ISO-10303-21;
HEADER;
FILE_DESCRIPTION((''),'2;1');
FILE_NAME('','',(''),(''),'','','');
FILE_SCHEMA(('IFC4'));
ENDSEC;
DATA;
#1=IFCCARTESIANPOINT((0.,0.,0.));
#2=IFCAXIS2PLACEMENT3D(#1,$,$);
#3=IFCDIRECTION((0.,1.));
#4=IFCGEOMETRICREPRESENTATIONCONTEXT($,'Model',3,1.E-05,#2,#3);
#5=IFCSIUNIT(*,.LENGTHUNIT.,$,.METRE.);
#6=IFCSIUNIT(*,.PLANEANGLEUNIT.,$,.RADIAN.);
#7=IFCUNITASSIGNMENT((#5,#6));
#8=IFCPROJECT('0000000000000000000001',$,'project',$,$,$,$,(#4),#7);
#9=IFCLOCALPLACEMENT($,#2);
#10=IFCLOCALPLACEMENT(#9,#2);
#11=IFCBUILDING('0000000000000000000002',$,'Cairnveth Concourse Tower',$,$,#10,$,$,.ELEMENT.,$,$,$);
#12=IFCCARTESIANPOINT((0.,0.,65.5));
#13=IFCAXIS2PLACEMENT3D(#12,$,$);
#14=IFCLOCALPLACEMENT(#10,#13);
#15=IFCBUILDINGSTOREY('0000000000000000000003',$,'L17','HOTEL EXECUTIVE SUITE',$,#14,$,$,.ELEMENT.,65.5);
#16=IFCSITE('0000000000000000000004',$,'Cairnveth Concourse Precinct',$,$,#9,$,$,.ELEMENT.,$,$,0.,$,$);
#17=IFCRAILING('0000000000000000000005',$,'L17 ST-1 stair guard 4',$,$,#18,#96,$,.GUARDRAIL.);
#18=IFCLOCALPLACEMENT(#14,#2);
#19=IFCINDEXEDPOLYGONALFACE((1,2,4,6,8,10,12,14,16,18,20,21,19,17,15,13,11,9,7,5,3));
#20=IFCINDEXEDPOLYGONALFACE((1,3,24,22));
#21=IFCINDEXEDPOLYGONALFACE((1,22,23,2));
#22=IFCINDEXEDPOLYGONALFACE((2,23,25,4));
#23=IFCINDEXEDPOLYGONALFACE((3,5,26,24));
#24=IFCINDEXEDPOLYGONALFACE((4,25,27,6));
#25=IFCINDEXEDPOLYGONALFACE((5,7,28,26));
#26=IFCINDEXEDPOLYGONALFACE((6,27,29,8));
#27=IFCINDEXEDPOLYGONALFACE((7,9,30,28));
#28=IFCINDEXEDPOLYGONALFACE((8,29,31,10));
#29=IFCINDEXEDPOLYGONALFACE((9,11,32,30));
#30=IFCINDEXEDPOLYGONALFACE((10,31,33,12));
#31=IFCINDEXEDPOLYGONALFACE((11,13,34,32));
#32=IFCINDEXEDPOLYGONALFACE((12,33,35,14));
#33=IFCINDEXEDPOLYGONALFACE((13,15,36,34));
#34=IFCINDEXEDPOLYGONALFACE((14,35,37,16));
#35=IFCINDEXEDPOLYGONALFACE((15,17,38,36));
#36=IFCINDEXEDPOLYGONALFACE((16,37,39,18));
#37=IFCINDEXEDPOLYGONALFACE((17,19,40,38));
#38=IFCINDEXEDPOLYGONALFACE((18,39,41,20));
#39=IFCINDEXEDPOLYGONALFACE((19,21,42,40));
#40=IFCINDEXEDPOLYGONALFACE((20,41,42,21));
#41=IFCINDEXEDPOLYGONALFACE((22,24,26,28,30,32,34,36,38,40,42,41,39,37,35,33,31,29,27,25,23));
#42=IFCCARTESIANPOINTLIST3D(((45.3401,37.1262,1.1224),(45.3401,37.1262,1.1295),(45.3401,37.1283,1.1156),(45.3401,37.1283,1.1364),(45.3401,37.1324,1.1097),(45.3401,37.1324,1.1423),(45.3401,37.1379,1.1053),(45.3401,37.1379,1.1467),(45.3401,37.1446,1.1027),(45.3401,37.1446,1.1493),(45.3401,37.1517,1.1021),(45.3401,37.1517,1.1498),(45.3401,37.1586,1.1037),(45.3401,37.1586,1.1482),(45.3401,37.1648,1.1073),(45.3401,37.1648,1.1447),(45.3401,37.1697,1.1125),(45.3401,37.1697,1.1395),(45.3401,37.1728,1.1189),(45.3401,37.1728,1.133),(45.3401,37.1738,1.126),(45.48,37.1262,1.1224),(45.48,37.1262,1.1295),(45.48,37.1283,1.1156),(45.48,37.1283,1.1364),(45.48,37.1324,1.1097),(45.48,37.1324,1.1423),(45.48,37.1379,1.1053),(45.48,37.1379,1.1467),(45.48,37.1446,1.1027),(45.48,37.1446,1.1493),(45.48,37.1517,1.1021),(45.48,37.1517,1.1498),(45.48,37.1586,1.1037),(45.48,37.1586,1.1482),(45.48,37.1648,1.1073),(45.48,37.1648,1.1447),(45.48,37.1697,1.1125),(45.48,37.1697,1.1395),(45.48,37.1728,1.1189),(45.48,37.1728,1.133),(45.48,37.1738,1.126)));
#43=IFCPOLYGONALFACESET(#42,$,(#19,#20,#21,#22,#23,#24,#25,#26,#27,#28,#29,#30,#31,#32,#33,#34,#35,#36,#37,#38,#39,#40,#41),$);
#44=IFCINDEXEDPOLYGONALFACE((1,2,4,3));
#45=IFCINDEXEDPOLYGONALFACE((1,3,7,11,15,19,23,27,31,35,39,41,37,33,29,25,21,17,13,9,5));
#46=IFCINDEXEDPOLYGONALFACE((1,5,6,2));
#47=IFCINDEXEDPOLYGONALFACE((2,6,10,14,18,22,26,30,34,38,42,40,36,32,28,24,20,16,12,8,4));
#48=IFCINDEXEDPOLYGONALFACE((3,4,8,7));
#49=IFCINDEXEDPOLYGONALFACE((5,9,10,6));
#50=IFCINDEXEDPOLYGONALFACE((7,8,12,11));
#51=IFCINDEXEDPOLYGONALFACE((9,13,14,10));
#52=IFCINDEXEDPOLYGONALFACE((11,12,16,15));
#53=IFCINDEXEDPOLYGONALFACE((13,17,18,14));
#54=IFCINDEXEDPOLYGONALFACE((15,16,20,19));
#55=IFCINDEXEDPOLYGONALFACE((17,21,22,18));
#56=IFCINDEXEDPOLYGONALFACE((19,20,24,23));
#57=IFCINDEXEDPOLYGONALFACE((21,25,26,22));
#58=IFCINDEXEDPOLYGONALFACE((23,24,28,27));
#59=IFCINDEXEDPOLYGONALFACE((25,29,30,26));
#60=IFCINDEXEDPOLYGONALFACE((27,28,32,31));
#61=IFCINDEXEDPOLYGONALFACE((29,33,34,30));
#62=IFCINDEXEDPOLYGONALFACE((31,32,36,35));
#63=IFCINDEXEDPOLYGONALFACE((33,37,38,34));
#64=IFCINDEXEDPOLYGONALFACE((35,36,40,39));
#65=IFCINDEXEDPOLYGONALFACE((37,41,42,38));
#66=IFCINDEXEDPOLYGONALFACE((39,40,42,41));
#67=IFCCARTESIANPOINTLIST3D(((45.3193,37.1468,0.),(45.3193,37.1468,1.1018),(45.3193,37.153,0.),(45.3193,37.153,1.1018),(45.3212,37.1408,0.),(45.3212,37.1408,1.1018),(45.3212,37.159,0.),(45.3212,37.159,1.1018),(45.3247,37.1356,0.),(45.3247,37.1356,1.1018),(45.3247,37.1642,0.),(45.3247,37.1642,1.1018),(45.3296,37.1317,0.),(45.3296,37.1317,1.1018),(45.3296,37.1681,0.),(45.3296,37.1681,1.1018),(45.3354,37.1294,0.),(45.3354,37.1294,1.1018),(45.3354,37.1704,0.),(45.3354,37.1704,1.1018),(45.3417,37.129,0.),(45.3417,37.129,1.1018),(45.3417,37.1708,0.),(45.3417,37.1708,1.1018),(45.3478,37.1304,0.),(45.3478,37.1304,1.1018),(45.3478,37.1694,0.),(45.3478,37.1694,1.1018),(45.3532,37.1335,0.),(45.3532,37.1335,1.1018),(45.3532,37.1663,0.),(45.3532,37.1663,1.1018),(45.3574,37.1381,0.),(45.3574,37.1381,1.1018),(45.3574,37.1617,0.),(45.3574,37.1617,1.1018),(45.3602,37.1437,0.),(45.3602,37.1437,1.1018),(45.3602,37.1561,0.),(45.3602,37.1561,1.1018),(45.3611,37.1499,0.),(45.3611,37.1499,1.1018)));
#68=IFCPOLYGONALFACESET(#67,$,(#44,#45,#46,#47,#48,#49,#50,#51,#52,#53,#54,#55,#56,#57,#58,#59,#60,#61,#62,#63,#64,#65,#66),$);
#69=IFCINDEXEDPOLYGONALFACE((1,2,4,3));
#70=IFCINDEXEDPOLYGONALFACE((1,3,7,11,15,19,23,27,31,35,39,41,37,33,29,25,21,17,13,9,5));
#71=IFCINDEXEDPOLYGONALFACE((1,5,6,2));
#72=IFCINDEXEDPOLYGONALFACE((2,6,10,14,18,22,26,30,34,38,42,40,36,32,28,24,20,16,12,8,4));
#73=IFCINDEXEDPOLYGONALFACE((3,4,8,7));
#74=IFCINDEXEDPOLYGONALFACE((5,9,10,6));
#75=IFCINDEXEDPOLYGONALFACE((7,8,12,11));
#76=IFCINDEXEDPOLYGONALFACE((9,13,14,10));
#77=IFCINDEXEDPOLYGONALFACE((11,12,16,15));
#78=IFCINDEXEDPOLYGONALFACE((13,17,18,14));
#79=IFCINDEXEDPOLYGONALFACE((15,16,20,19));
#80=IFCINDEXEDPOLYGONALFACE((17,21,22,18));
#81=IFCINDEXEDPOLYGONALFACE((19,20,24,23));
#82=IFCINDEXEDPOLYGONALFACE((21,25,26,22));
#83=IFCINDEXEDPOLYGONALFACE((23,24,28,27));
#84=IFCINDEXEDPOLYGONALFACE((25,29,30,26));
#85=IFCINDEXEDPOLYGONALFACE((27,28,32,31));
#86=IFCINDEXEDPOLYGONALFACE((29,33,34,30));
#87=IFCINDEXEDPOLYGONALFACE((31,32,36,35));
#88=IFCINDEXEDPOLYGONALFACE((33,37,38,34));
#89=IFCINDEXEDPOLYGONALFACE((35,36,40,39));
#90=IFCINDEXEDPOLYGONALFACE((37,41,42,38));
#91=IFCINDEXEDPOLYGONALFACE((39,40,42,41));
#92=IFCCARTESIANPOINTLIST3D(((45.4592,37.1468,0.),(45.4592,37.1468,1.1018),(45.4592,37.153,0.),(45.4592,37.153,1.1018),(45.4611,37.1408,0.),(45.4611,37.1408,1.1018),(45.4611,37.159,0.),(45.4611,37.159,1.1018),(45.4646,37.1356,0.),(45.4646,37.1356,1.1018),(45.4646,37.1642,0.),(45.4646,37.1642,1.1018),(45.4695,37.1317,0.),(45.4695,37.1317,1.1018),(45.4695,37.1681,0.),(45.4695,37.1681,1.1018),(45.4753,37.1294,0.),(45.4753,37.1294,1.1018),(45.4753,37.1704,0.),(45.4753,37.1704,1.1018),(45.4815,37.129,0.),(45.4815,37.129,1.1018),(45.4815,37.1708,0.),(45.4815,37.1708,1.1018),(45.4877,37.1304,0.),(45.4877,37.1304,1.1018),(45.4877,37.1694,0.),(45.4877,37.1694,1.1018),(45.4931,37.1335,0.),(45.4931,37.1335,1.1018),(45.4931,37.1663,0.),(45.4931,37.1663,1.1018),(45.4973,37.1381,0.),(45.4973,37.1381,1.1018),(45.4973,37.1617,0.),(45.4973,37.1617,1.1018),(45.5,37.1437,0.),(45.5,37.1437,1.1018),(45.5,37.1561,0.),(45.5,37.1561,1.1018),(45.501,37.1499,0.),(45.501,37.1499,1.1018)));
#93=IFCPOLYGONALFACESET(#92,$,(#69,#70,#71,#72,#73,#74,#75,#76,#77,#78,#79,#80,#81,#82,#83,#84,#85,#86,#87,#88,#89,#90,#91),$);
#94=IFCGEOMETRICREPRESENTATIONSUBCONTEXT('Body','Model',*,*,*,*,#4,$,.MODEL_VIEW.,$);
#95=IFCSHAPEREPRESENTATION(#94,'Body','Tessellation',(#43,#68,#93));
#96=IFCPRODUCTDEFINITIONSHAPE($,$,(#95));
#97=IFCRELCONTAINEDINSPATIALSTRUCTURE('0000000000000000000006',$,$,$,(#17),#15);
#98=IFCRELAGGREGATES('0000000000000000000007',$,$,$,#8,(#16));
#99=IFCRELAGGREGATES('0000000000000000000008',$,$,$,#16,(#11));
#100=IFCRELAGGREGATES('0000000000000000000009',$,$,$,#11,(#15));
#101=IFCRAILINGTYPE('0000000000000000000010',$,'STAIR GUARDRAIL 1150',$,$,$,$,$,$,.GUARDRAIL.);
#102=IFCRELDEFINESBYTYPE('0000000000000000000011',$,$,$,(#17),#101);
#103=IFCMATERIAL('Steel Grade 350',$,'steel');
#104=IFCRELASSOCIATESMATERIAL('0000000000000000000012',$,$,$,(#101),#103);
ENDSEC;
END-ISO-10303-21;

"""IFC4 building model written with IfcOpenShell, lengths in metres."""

from ifc_helpers import new_model, si_unit, direction, frame, origin, origin_2d, place, context, subcontext, project, spatial, circle, extrude, material, type_object, element, save


model = new_model("IFC4")

# Units and contexts
model_context = context("Model", 3, precision=1e-05, world=origin(), true_north=direction((0.0, 1.0)))
body_context = subcontext(model_context, "Body", "Model", "MODEL_VIEW")
ifc_project = project(units=[si_unit("LENGTHUNIT", "METRE"), si_unit("PLANEANGLEUNIT", "RADIAN")], contexts=[model_context])

# Site, building, storey
site_placement = place(None, origin())
site = spatial("IfcSite", under=ifc_project, at=site_placement, Name="Cairnveth Concourse Precinct", CompositionType="ELEMENT", RefElevation=0.0)
building_placement = place(site_placement, origin())
building = spatial("IfcBuilding", under=site, at=building_placement, Name="Cairnveth Concourse Tower", CompositionType="ELEMENT")
storey_placement = place(building_placement, frame((0.0, 0.0, 65.5)))
storey = spatial("IfcBuildingStorey", under=building, at=storey_placement, Name="L17", Description="HOTEL EXECUTIVE SUITE", CompositionType="ELEMENT", Elevation=65.5)

# Shared definitions
ifc_material_1 = material(Name="Steel Grade 350", Category="steel")

# Railing
railing_type = type_object("IfcRailingType", Name="STAIR GUARDRAIL 1150", PredefinedType="GUARDRAIL", material=ifc_material_1)
railing_1_placement = place(storey_placement, frame((45.3401, 37.1499, 0.0)))
element("IfcRailing", 1, at=railing_1_placement, inside=storey, type_object=railing_type, Name="L17 ST-1 stair guard 4", PredefinedType="GUARDRAIL", context=body_context, shape_type="SweptSolid", body=[
    extrude(circle(Radius=0.0239, at=origin_2d()), frame((0.0, 0.0, 1.126), z_axis=(1.0, 0.0, 0.0), x_axis=(0.0, 1.0, 0.0)), (0.0, 0.0, 1.0), 0.1399),
    extrude(circle(Radius=0.021, at=origin_2d()), origin(), (0.0, 0.0, 1.0), 1.1018),
    extrude(circle(Radius=0.021, at=origin_2d()), frame((0.1399, 0.0, 0.0)), (0.0, 0.0, 1.0), 1.1018),
])

save(model, "model.ifc")
